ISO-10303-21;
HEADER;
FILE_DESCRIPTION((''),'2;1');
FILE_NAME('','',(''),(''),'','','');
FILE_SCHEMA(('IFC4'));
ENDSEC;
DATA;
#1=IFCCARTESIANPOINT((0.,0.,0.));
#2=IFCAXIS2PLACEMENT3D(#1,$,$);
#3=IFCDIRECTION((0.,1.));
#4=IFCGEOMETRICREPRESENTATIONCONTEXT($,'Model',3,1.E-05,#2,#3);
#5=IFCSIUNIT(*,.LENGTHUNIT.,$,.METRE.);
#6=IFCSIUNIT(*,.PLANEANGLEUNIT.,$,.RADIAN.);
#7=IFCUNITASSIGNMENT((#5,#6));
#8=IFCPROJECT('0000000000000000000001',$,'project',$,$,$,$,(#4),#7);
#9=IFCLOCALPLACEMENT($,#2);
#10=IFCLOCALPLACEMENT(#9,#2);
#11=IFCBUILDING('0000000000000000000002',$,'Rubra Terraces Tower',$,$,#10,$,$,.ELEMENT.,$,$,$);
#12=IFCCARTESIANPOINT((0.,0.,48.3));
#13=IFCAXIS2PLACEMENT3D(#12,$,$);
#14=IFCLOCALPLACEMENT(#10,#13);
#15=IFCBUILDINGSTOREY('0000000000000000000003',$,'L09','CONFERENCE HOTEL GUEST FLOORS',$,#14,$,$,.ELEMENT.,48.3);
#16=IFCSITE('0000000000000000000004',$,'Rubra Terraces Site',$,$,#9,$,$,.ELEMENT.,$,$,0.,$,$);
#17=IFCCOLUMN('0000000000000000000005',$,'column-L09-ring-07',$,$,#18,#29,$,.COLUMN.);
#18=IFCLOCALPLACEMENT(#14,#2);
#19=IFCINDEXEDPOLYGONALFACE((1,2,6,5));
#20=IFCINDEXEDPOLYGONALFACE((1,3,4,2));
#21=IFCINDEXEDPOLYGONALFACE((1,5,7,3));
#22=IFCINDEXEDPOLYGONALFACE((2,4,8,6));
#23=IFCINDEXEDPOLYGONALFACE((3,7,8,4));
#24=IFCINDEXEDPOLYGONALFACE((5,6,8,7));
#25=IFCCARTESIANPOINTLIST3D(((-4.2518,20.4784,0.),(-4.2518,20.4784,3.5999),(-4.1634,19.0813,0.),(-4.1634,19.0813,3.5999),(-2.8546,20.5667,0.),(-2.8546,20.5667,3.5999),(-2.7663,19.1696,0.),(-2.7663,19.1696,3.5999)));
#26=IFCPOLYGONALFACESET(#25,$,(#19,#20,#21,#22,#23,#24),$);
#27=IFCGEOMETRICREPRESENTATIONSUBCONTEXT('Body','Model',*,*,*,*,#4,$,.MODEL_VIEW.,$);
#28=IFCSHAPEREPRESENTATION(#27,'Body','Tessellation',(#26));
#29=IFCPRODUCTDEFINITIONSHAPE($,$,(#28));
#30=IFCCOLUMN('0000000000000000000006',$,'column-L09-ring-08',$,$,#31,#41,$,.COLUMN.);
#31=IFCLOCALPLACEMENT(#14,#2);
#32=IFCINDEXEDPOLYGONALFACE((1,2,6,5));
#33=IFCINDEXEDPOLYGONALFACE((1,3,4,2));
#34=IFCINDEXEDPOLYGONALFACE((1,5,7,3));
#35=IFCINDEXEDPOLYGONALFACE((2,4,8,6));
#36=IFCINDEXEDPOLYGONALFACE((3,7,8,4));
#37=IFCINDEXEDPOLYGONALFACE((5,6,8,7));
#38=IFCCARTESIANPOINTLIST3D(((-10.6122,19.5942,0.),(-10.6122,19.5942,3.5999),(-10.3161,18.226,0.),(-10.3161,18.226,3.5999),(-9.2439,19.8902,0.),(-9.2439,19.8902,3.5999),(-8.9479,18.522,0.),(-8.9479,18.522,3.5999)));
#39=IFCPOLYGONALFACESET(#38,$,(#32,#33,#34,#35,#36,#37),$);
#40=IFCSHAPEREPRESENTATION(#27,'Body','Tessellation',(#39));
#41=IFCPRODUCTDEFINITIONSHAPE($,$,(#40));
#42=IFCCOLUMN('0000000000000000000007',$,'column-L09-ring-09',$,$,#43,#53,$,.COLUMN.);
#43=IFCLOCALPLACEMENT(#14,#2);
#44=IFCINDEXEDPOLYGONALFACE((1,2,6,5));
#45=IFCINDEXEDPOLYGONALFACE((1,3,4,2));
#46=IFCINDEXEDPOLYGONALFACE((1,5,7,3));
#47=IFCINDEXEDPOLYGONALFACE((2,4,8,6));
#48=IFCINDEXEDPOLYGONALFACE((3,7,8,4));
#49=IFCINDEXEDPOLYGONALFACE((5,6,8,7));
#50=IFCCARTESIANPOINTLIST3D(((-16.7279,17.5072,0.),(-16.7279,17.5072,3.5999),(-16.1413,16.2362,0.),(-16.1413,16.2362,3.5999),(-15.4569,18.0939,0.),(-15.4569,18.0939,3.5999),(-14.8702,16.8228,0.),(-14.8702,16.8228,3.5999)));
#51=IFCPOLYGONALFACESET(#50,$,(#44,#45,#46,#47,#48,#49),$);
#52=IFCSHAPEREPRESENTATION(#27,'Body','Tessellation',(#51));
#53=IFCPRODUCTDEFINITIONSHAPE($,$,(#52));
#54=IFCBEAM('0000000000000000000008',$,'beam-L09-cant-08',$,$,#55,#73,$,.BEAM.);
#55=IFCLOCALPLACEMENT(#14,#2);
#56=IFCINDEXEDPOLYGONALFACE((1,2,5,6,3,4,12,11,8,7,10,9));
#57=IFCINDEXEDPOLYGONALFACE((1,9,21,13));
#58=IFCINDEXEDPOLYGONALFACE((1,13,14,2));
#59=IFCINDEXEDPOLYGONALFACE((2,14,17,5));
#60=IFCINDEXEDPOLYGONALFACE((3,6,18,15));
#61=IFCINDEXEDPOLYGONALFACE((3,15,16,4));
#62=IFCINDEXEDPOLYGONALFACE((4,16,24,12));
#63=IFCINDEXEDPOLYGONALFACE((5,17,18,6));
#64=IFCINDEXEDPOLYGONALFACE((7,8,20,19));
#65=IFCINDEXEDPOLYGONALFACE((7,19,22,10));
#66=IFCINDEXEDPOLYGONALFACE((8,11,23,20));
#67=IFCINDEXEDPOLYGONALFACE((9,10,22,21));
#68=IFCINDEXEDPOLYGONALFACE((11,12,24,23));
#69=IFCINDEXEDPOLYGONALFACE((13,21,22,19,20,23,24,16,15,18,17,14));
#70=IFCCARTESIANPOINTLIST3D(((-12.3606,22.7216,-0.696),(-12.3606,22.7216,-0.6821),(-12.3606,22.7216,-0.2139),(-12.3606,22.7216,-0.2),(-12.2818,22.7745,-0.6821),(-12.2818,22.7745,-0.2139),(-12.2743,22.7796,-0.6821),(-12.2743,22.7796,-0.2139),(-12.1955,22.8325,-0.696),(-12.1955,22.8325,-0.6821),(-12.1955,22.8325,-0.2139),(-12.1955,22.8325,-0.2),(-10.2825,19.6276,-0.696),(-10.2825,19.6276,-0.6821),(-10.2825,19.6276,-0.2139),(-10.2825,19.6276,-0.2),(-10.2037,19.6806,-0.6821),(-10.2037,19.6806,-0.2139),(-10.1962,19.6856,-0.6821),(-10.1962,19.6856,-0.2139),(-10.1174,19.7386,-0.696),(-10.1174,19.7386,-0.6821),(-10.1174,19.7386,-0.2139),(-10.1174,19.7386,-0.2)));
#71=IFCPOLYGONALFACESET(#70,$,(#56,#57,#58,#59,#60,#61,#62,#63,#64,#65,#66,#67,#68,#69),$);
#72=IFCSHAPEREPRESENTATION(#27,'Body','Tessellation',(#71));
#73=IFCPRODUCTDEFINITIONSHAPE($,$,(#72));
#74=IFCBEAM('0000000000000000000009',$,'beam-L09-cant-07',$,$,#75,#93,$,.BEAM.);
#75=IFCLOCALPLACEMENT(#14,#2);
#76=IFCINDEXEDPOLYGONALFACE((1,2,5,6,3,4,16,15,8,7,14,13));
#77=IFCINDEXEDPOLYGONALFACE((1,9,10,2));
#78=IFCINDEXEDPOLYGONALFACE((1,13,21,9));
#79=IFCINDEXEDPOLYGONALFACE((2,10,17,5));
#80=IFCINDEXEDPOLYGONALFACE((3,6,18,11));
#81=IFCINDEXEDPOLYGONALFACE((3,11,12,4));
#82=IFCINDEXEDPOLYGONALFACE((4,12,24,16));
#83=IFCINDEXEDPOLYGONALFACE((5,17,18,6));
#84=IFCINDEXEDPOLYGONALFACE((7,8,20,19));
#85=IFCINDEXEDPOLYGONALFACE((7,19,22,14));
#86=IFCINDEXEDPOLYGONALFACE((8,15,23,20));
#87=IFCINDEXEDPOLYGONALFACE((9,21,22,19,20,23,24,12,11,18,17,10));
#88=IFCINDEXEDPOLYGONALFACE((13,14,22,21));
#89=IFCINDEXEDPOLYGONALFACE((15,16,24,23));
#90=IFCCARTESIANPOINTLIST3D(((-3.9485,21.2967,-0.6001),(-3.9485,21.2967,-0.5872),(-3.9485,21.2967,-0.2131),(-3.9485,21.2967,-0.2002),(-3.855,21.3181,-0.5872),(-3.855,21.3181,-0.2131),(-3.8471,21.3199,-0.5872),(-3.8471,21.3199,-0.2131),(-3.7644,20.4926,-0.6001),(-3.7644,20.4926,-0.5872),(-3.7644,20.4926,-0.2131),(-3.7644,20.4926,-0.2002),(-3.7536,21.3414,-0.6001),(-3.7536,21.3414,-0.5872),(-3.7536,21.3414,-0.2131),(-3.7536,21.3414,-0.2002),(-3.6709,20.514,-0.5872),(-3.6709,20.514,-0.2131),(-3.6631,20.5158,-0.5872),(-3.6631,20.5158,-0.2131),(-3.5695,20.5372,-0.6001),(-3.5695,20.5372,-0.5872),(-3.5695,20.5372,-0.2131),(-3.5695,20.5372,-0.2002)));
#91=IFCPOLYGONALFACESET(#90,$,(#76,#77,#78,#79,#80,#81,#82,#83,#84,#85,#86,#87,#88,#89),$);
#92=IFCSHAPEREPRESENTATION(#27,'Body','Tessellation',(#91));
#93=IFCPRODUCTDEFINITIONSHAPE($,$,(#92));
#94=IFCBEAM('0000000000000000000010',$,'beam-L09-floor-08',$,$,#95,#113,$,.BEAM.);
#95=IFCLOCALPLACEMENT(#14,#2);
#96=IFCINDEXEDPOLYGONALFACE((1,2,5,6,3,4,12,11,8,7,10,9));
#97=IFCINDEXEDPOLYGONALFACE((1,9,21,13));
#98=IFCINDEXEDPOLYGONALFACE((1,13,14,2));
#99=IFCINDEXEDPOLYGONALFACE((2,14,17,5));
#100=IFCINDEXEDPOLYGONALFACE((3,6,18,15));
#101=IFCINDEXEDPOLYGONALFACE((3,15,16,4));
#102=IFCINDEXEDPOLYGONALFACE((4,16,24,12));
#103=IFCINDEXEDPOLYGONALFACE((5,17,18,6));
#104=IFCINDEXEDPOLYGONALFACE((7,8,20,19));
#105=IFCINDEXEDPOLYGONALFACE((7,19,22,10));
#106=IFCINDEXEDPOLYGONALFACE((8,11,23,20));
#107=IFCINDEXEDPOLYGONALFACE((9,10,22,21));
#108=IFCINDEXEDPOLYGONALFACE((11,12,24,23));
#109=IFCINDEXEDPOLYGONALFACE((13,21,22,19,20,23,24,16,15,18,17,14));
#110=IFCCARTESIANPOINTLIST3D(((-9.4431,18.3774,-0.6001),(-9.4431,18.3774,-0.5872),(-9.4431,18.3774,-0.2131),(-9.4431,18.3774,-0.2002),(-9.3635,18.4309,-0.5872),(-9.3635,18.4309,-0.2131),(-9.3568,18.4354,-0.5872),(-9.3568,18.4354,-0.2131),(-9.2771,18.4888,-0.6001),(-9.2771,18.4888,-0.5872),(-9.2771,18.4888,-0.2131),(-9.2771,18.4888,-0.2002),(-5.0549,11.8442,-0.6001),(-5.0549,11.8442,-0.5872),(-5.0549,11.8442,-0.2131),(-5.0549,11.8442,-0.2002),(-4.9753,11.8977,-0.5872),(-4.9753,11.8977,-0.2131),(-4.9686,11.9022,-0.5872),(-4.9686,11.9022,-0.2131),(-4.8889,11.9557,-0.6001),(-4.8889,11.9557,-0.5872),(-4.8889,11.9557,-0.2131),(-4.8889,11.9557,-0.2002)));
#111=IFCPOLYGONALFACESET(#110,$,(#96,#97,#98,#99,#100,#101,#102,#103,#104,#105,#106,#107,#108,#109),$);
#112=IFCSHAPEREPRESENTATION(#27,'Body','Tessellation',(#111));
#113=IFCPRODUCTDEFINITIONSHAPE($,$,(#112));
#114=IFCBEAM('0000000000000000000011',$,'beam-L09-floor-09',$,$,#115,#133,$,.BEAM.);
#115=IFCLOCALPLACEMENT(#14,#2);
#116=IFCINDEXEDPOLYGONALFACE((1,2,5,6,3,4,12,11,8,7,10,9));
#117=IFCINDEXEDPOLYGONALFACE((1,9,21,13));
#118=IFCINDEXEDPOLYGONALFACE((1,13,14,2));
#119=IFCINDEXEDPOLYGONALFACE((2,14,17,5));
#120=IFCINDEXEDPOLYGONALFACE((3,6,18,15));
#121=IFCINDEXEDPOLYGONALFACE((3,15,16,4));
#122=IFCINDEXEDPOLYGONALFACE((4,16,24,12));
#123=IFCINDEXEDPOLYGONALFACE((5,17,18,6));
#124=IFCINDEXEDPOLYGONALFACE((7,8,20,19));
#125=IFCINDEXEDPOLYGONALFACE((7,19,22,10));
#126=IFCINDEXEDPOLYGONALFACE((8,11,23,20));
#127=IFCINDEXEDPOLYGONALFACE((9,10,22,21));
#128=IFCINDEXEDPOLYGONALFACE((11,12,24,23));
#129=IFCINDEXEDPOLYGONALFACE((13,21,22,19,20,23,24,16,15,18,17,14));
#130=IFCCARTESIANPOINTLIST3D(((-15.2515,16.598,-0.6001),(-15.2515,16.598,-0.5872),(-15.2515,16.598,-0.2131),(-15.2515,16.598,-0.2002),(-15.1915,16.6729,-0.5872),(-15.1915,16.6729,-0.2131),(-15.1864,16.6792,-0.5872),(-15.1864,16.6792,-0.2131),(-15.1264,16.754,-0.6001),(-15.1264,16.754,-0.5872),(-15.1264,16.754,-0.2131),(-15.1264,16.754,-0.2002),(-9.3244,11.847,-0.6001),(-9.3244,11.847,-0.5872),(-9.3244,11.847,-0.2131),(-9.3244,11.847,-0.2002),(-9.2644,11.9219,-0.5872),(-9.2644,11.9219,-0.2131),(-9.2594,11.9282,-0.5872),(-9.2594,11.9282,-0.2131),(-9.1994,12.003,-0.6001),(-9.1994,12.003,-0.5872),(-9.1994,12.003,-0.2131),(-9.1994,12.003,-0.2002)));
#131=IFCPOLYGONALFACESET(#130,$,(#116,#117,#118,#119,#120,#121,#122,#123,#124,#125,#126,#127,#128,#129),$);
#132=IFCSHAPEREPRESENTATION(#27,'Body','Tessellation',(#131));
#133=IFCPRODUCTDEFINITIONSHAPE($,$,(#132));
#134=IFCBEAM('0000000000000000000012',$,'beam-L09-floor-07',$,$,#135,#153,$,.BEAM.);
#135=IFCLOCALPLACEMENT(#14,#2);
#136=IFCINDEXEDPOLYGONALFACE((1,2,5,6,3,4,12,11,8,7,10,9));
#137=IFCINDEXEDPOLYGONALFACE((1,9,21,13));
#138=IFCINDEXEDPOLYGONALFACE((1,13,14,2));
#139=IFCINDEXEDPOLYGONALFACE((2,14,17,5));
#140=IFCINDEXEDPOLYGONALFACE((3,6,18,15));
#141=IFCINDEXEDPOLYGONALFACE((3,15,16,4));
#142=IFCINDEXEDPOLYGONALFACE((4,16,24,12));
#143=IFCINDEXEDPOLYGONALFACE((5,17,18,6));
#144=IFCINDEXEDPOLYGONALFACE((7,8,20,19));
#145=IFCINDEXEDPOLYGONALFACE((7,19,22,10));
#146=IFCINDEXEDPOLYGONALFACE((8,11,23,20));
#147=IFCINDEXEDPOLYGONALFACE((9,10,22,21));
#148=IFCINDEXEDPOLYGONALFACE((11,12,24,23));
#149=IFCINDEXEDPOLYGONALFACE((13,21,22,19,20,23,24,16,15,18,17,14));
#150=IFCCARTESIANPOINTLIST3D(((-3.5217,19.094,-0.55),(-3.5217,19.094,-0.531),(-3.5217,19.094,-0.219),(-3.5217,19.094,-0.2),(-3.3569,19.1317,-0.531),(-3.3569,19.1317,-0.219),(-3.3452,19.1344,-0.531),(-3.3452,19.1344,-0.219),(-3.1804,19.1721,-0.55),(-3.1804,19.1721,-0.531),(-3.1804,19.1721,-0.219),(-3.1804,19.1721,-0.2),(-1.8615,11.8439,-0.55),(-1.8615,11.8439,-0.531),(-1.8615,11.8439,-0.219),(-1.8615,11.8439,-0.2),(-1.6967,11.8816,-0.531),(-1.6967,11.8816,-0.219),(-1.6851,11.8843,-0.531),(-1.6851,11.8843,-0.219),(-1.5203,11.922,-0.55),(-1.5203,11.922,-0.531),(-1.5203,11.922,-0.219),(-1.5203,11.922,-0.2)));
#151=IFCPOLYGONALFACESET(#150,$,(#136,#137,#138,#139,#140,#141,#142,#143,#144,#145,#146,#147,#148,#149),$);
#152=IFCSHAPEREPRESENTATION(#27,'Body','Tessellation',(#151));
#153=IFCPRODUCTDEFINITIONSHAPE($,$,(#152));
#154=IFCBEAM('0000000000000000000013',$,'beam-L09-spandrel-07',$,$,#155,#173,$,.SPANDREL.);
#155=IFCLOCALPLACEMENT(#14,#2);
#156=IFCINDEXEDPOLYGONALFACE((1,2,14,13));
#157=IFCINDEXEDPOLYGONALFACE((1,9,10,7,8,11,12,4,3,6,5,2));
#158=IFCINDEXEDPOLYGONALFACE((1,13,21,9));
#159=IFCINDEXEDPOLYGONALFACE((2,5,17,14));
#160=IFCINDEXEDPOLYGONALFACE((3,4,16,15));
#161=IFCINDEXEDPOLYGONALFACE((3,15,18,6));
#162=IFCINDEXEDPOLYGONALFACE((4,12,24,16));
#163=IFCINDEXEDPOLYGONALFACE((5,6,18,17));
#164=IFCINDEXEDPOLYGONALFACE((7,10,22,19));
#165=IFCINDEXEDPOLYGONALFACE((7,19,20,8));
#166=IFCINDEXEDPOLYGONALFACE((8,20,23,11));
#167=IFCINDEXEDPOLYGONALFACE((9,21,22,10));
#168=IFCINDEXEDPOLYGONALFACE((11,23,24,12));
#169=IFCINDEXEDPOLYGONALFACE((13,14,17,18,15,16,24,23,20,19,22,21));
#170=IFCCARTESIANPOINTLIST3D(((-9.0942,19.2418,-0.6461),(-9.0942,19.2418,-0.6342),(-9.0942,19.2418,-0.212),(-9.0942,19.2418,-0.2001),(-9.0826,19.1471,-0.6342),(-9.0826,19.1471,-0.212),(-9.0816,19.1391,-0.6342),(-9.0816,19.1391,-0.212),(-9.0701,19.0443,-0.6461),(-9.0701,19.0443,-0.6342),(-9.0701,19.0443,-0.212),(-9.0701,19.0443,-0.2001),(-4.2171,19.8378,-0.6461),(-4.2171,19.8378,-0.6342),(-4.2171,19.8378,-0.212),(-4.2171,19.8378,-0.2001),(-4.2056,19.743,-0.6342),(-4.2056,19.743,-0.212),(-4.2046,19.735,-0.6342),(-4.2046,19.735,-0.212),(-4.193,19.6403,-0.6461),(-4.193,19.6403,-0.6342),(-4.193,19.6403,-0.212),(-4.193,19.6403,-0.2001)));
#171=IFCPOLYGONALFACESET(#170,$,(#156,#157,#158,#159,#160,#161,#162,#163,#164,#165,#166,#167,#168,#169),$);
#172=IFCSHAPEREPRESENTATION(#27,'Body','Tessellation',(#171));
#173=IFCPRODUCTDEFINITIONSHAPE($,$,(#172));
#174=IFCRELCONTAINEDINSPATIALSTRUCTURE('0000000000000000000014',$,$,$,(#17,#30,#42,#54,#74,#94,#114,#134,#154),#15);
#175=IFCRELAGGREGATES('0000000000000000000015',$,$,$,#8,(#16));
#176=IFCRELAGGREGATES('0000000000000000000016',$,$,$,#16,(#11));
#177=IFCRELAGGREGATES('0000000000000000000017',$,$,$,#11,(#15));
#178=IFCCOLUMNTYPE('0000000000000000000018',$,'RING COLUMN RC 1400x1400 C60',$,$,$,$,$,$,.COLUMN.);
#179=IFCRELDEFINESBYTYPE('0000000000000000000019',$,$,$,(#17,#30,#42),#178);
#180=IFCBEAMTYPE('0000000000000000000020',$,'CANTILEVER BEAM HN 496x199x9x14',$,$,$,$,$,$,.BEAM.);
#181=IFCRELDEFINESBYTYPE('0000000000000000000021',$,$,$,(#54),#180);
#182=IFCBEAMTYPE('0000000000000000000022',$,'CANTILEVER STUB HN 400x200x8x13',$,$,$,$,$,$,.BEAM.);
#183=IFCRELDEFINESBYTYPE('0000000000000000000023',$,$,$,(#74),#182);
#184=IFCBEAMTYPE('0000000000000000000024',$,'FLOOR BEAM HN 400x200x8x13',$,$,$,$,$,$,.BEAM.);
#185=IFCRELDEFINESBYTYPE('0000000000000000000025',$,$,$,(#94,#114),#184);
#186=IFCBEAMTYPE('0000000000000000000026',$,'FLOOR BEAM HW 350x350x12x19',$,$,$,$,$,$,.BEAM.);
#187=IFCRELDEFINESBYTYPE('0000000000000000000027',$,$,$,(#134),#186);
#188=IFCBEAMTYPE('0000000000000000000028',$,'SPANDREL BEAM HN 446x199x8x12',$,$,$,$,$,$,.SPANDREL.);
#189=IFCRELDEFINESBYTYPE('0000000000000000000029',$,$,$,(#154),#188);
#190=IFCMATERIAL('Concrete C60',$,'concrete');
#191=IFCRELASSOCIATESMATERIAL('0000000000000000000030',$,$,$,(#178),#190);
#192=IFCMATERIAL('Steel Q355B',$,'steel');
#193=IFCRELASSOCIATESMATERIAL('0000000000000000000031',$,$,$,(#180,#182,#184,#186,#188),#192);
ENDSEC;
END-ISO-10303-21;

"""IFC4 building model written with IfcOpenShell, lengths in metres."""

from ifc_helpers import new_model, si_unit, direction, frame, origin, origin_2d, place, context, subcontext, project, spatial, rectangle, i_section, extrude, material, material_profile, profile_set, type_object, element, save


model = new_model("IFC4")

# Units and contexts
model_context = context("Model", 3, precision=1e-05, world=origin(), true_north=direction((0.0, 1.0)))
body_context = subcontext(model_context, "Body", "Model", "MODEL_VIEW")
ifc_project = project(units=[si_unit("LENGTHUNIT", "METRE"), si_unit("PLANEANGLEUNIT", "RADIAN")], contexts=[model_context])

# Site, building, storey
site_placement = place(None, origin())
site = spatial("IfcSite", under=ifc_project, at=site_placement, Name="Rubra Terraces Site", CompositionType="ELEMENT", RefElevation=0.0)
building_placement = place(site_placement, origin())
building = spatial("IfcBuilding", under=site, at=building_placement, Name="Rubra Terraces Tower", CompositionType="ELEMENT")
storey_placement = place(building_placement, frame((0.0, 0.0, 48.3)))
storey = spatial("IfcBuildingStorey", under=building, at=storey_placement, Name="L09", Description="CONFERENCE HOTEL GUEST FLOORS", CompositionType="ELEMENT", Elevation=48.3)

# Columns
ifc_material_1 = material(Name="Concrete C60", Category="concrete")
ifc_material_profile_1 = material_profile(ifc_material_1, rectangle(XDim=1.3999, YDim=1.3999, at=origin_2d()), Name="RC 1400x1400")
ifc_profile_set_1 = profile_set([ifc_material_profile_1], Name="Concrete C60")
column_type = type_object("IfcColumnType", Name="RING COLUMN RC 1400x1400 C60", PredefinedType="COLUMN", material=ifc_profile_set_1)
for number, where, z_axis, x_axis, name in (
    (1, (-3.509, 19.824, 0.0), (0.0, 0.0, 1.0), (-0.998008, -0.063094, 0.0), "column-L09-ring-07"),
    (2, (-9.78, 19.0581, 0.0), (0.0, 0.0, 1.0), (-0.977386, -0.211462, 0.0), "column-L09-ring-08"),
    (3, (-15.7991, 17.165, 0.0), (0.0, 0.0, 1.0), (-0.907952, -0.419073, 0.0), "column-L09-ring-09"),
):
    element("IfcColumn", number, at=place(storey_placement, frame(where, z_axis=z_axis, x_axis=x_axis)), inside=storey, type_object=column_type, Name=name, PredefinedType="COLUMN", context=body_context, shape_type="SweptSolid", body=[
        extrude(rectangle(XDim=1.3999, YDim=1.3999, at=origin_2d()), origin(), (0.0, 0.0, 1.0), 3.5999),
    ])

# Beams
ifc_material_2 = material(Name="Steel Q355B", Category="steel")
ifc_material_profile_2 = material_profile(ifc_material_2, i_section(OverallWidth=0.199, OverallDepth=0.4961, WebThickness=0.009, FlangeThickness=0.0139, at=origin_2d()), Name="HN 496x199x9x14")
ifc_profile_set_2 = profile_set([ifc_material_profile_2], Name="Steel Q355B")
beam_type_1 = type_object("IfcBeamType", Name="CANTILEVER BEAM HN 496x199x9x14", PredefinedType="BEAM", material=ifc_profile_set_2)
beam_1_placement = place(storey_placement, frame((-10.2, 19.6831, -0.448), z_axis=(-0.557569, 0.830131, 0.0), x_axis=(-0.830131, -0.557569, 0.0)))
element("IfcBeam", 4, at=beam_1_placement, inside=storey, type_object=beam_type_1, Name="beam-L09-cant-08", PredefinedType="BEAM", context=body_context, shape_type="SweptSolid", body=[
    extrude(i_section(OverallWidth=0.199, OverallDepth=0.4961, WebThickness=0.009, FlangeThickness=0.0139, at=origin_2d()), origin(), (0.0, 0.0, 1.0), 3.7271),
])
ifc_material_profile_3 = material_profile(ifc_material_2, i_section(OverallWidth=0.2, OverallDepth=0.3999, WebThickness=0.0081, FlangeThickness=0.0129, at=origin_2d()), Name="HN 400x200x8x13")
ifc_profile_set_3 = profile_set([ifc_material_profile_3], Name="Steel Q355B")
beam_type_2 = type_object("IfcBeamType", Name="CANTILEVER STUB HN 400x200x8x13", PredefinedType="BEAM", material=ifc_profile_set_3)
beam_2_placement = place(storey_placement, frame((-3.667, 20.5149, -0.4001), z_axis=(-0.22313, 0.974789, 0.0), x_axis=(-0.974789, -0.22313, 0.0)))
element("IfcBeam", 5, at=beam_2_placement, inside=storey, type_object=beam_type_2, Name="beam-L09-cant-07", PredefinedType="BEAM", context=body_context, shape_type="SweptSolid", body=[
    extrude(i_section(OverallWidth=0.2, OverallDepth=0.3999, WebThickness=0.0081, FlangeThickness=0.0129, at=origin_2d()), origin(), (0.0, 0.0, 1.0), 0.825),
])
ifc_material_profile_4 = material_profile(ifc_material_2, i_section(OverallWidth=0.2, OverallDepth=0.3999, WebThickness=0.0081, FlangeThickness=0.0129, at=origin_2d()), Name="HN 400x200x8x13")
ifc_profile_set_4 = profile_set([ifc_material_profile_4], Name="Steel Q355B")
beam_type_3 = type_object("IfcBeamType", Name="FLOOR BEAM HN 400x200x8x13", PredefinedType="BEAM", material=ifc_profile_set_4)
beam_3_placement = place(storey_placement, frame((-9.3601, 18.4331, -0.4001), z_axis=(0.557575, -0.830127, 0.0), x_axis=(0.830127, 0.557575, 0.0)))
element("IfcBeam", 6, at=beam_3_placement, inside=storey, type_object=beam_type_3, Name="beam-L09-floor-08", PredefinedType="BEAM", context=body_context, shape_type="SweptSolid", body=[
    extrude(i_section(OverallWidth=0.2, OverallDepth=0.3999, WebThickness=0.0081, FlangeThickness=0.0129, at=origin_2d()), origin(), (0.0, 0.0, 1.0), 7.8701),
])
beam_4_placement = place(storey_placement, frame((-15.189, 16.676, -0.4001), z_axis=(0.780266, -0.625447, 0.0), x_axis=(0.625447, 0.780266, 0.0)))
element("IfcBeam", 7, at=beam_4_placement, inside=storey, type_object=beam_type_3, Name="beam-L09-floor-09", PredefinedType="BEAM", context=body_context, shape_type="SweptSolid", body=[
    extrude(i_section(OverallWidth=0.2, OverallDepth=0.3999, WebThickness=0.0081, FlangeThickness=0.0129, at=origin_2d()), origin(), (0.0, 0.0, 1.0), 7.5962),
])
ifc_material_profile_5 = material_profile(ifc_material_2, i_section(OverallWidth=0.3501, OverallDepth=0.3501, WebThickness=0.012, FlangeThickness=0.019, at=origin_2d()), Name="HW 350x350x12x19")
ifc_profile_set_5 = profile_set([ifc_material_profile_5], Name="Steel Q355B")
beam_type_4 = type_object("IfcBeamType", Name="FLOOR BEAM HW 350x350x12x19", PredefinedType="BEAM", material=ifc_profile_set_5)
beam_5_placement = place(storey_placement, frame((-3.3511, 19.1331, -0.375), z_axis=(0.22321, -0.97477, 0.0), x_axis=(0.97477, 0.22321, 0.0)))
element("IfcBeam", 8, at=beam_5_placement, inside=storey, type_object=beam_type_4, Name="beam-L09-floor-07", PredefinedType="BEAM", context=body_context, shape_type="SweptSolid", body=[
    extrude(i_section(OverallWidth=0.3501, OverallDepth=0.3501, WebThickness=0.012, FlangeThickness=0.019, at=origin_2d()), origin(), (0.0, 0.0, 1.0), 7.4377),
])
ifc_material_profile_6 = material_profile(ifc_material_2, i_section(OverallWidth=0.199, OverallDepth=0.446, WebThickness=0.0081, FlangeThickness=0.012, at=origin_2d()), Name="HN 446x199x8x12")
ifc_profile_set_6 = profile_set([ifc_material_profile_6], Name="Steel Q355B")
beam_type_5 = type_object("IfcBeamType", Name="SPANDREL BEAM HN 446x199x8x12", PredefinedType="SPANDREL", material=ifc_profile_set_6)
beam_6_placement = place(storey_placement, frame((-4.2051, 19.739, -0.4231), z_axis=(-0.992617, -0.121294, 0.0), x_axis=(0.121294, -0.992617, 0.0)))
element("IfcBeam", 9, at=beam_6_placement, inside=storey, type_object=beam_type_5, Name="beam-L09-spandrel-07", PredefinedType="SPANDREL", context=body_context, shape_type="SweptSolid", body=[
    extrude(i_section(OverallWidth=0.199, OverallDepth=0.446, WebThickness=0.0081, FlangeThickness=0.012, at=origin_2d()), origin(), (0.0, 0.0, 1.0), 4.9133),
])

save(model, "model.ifc")
